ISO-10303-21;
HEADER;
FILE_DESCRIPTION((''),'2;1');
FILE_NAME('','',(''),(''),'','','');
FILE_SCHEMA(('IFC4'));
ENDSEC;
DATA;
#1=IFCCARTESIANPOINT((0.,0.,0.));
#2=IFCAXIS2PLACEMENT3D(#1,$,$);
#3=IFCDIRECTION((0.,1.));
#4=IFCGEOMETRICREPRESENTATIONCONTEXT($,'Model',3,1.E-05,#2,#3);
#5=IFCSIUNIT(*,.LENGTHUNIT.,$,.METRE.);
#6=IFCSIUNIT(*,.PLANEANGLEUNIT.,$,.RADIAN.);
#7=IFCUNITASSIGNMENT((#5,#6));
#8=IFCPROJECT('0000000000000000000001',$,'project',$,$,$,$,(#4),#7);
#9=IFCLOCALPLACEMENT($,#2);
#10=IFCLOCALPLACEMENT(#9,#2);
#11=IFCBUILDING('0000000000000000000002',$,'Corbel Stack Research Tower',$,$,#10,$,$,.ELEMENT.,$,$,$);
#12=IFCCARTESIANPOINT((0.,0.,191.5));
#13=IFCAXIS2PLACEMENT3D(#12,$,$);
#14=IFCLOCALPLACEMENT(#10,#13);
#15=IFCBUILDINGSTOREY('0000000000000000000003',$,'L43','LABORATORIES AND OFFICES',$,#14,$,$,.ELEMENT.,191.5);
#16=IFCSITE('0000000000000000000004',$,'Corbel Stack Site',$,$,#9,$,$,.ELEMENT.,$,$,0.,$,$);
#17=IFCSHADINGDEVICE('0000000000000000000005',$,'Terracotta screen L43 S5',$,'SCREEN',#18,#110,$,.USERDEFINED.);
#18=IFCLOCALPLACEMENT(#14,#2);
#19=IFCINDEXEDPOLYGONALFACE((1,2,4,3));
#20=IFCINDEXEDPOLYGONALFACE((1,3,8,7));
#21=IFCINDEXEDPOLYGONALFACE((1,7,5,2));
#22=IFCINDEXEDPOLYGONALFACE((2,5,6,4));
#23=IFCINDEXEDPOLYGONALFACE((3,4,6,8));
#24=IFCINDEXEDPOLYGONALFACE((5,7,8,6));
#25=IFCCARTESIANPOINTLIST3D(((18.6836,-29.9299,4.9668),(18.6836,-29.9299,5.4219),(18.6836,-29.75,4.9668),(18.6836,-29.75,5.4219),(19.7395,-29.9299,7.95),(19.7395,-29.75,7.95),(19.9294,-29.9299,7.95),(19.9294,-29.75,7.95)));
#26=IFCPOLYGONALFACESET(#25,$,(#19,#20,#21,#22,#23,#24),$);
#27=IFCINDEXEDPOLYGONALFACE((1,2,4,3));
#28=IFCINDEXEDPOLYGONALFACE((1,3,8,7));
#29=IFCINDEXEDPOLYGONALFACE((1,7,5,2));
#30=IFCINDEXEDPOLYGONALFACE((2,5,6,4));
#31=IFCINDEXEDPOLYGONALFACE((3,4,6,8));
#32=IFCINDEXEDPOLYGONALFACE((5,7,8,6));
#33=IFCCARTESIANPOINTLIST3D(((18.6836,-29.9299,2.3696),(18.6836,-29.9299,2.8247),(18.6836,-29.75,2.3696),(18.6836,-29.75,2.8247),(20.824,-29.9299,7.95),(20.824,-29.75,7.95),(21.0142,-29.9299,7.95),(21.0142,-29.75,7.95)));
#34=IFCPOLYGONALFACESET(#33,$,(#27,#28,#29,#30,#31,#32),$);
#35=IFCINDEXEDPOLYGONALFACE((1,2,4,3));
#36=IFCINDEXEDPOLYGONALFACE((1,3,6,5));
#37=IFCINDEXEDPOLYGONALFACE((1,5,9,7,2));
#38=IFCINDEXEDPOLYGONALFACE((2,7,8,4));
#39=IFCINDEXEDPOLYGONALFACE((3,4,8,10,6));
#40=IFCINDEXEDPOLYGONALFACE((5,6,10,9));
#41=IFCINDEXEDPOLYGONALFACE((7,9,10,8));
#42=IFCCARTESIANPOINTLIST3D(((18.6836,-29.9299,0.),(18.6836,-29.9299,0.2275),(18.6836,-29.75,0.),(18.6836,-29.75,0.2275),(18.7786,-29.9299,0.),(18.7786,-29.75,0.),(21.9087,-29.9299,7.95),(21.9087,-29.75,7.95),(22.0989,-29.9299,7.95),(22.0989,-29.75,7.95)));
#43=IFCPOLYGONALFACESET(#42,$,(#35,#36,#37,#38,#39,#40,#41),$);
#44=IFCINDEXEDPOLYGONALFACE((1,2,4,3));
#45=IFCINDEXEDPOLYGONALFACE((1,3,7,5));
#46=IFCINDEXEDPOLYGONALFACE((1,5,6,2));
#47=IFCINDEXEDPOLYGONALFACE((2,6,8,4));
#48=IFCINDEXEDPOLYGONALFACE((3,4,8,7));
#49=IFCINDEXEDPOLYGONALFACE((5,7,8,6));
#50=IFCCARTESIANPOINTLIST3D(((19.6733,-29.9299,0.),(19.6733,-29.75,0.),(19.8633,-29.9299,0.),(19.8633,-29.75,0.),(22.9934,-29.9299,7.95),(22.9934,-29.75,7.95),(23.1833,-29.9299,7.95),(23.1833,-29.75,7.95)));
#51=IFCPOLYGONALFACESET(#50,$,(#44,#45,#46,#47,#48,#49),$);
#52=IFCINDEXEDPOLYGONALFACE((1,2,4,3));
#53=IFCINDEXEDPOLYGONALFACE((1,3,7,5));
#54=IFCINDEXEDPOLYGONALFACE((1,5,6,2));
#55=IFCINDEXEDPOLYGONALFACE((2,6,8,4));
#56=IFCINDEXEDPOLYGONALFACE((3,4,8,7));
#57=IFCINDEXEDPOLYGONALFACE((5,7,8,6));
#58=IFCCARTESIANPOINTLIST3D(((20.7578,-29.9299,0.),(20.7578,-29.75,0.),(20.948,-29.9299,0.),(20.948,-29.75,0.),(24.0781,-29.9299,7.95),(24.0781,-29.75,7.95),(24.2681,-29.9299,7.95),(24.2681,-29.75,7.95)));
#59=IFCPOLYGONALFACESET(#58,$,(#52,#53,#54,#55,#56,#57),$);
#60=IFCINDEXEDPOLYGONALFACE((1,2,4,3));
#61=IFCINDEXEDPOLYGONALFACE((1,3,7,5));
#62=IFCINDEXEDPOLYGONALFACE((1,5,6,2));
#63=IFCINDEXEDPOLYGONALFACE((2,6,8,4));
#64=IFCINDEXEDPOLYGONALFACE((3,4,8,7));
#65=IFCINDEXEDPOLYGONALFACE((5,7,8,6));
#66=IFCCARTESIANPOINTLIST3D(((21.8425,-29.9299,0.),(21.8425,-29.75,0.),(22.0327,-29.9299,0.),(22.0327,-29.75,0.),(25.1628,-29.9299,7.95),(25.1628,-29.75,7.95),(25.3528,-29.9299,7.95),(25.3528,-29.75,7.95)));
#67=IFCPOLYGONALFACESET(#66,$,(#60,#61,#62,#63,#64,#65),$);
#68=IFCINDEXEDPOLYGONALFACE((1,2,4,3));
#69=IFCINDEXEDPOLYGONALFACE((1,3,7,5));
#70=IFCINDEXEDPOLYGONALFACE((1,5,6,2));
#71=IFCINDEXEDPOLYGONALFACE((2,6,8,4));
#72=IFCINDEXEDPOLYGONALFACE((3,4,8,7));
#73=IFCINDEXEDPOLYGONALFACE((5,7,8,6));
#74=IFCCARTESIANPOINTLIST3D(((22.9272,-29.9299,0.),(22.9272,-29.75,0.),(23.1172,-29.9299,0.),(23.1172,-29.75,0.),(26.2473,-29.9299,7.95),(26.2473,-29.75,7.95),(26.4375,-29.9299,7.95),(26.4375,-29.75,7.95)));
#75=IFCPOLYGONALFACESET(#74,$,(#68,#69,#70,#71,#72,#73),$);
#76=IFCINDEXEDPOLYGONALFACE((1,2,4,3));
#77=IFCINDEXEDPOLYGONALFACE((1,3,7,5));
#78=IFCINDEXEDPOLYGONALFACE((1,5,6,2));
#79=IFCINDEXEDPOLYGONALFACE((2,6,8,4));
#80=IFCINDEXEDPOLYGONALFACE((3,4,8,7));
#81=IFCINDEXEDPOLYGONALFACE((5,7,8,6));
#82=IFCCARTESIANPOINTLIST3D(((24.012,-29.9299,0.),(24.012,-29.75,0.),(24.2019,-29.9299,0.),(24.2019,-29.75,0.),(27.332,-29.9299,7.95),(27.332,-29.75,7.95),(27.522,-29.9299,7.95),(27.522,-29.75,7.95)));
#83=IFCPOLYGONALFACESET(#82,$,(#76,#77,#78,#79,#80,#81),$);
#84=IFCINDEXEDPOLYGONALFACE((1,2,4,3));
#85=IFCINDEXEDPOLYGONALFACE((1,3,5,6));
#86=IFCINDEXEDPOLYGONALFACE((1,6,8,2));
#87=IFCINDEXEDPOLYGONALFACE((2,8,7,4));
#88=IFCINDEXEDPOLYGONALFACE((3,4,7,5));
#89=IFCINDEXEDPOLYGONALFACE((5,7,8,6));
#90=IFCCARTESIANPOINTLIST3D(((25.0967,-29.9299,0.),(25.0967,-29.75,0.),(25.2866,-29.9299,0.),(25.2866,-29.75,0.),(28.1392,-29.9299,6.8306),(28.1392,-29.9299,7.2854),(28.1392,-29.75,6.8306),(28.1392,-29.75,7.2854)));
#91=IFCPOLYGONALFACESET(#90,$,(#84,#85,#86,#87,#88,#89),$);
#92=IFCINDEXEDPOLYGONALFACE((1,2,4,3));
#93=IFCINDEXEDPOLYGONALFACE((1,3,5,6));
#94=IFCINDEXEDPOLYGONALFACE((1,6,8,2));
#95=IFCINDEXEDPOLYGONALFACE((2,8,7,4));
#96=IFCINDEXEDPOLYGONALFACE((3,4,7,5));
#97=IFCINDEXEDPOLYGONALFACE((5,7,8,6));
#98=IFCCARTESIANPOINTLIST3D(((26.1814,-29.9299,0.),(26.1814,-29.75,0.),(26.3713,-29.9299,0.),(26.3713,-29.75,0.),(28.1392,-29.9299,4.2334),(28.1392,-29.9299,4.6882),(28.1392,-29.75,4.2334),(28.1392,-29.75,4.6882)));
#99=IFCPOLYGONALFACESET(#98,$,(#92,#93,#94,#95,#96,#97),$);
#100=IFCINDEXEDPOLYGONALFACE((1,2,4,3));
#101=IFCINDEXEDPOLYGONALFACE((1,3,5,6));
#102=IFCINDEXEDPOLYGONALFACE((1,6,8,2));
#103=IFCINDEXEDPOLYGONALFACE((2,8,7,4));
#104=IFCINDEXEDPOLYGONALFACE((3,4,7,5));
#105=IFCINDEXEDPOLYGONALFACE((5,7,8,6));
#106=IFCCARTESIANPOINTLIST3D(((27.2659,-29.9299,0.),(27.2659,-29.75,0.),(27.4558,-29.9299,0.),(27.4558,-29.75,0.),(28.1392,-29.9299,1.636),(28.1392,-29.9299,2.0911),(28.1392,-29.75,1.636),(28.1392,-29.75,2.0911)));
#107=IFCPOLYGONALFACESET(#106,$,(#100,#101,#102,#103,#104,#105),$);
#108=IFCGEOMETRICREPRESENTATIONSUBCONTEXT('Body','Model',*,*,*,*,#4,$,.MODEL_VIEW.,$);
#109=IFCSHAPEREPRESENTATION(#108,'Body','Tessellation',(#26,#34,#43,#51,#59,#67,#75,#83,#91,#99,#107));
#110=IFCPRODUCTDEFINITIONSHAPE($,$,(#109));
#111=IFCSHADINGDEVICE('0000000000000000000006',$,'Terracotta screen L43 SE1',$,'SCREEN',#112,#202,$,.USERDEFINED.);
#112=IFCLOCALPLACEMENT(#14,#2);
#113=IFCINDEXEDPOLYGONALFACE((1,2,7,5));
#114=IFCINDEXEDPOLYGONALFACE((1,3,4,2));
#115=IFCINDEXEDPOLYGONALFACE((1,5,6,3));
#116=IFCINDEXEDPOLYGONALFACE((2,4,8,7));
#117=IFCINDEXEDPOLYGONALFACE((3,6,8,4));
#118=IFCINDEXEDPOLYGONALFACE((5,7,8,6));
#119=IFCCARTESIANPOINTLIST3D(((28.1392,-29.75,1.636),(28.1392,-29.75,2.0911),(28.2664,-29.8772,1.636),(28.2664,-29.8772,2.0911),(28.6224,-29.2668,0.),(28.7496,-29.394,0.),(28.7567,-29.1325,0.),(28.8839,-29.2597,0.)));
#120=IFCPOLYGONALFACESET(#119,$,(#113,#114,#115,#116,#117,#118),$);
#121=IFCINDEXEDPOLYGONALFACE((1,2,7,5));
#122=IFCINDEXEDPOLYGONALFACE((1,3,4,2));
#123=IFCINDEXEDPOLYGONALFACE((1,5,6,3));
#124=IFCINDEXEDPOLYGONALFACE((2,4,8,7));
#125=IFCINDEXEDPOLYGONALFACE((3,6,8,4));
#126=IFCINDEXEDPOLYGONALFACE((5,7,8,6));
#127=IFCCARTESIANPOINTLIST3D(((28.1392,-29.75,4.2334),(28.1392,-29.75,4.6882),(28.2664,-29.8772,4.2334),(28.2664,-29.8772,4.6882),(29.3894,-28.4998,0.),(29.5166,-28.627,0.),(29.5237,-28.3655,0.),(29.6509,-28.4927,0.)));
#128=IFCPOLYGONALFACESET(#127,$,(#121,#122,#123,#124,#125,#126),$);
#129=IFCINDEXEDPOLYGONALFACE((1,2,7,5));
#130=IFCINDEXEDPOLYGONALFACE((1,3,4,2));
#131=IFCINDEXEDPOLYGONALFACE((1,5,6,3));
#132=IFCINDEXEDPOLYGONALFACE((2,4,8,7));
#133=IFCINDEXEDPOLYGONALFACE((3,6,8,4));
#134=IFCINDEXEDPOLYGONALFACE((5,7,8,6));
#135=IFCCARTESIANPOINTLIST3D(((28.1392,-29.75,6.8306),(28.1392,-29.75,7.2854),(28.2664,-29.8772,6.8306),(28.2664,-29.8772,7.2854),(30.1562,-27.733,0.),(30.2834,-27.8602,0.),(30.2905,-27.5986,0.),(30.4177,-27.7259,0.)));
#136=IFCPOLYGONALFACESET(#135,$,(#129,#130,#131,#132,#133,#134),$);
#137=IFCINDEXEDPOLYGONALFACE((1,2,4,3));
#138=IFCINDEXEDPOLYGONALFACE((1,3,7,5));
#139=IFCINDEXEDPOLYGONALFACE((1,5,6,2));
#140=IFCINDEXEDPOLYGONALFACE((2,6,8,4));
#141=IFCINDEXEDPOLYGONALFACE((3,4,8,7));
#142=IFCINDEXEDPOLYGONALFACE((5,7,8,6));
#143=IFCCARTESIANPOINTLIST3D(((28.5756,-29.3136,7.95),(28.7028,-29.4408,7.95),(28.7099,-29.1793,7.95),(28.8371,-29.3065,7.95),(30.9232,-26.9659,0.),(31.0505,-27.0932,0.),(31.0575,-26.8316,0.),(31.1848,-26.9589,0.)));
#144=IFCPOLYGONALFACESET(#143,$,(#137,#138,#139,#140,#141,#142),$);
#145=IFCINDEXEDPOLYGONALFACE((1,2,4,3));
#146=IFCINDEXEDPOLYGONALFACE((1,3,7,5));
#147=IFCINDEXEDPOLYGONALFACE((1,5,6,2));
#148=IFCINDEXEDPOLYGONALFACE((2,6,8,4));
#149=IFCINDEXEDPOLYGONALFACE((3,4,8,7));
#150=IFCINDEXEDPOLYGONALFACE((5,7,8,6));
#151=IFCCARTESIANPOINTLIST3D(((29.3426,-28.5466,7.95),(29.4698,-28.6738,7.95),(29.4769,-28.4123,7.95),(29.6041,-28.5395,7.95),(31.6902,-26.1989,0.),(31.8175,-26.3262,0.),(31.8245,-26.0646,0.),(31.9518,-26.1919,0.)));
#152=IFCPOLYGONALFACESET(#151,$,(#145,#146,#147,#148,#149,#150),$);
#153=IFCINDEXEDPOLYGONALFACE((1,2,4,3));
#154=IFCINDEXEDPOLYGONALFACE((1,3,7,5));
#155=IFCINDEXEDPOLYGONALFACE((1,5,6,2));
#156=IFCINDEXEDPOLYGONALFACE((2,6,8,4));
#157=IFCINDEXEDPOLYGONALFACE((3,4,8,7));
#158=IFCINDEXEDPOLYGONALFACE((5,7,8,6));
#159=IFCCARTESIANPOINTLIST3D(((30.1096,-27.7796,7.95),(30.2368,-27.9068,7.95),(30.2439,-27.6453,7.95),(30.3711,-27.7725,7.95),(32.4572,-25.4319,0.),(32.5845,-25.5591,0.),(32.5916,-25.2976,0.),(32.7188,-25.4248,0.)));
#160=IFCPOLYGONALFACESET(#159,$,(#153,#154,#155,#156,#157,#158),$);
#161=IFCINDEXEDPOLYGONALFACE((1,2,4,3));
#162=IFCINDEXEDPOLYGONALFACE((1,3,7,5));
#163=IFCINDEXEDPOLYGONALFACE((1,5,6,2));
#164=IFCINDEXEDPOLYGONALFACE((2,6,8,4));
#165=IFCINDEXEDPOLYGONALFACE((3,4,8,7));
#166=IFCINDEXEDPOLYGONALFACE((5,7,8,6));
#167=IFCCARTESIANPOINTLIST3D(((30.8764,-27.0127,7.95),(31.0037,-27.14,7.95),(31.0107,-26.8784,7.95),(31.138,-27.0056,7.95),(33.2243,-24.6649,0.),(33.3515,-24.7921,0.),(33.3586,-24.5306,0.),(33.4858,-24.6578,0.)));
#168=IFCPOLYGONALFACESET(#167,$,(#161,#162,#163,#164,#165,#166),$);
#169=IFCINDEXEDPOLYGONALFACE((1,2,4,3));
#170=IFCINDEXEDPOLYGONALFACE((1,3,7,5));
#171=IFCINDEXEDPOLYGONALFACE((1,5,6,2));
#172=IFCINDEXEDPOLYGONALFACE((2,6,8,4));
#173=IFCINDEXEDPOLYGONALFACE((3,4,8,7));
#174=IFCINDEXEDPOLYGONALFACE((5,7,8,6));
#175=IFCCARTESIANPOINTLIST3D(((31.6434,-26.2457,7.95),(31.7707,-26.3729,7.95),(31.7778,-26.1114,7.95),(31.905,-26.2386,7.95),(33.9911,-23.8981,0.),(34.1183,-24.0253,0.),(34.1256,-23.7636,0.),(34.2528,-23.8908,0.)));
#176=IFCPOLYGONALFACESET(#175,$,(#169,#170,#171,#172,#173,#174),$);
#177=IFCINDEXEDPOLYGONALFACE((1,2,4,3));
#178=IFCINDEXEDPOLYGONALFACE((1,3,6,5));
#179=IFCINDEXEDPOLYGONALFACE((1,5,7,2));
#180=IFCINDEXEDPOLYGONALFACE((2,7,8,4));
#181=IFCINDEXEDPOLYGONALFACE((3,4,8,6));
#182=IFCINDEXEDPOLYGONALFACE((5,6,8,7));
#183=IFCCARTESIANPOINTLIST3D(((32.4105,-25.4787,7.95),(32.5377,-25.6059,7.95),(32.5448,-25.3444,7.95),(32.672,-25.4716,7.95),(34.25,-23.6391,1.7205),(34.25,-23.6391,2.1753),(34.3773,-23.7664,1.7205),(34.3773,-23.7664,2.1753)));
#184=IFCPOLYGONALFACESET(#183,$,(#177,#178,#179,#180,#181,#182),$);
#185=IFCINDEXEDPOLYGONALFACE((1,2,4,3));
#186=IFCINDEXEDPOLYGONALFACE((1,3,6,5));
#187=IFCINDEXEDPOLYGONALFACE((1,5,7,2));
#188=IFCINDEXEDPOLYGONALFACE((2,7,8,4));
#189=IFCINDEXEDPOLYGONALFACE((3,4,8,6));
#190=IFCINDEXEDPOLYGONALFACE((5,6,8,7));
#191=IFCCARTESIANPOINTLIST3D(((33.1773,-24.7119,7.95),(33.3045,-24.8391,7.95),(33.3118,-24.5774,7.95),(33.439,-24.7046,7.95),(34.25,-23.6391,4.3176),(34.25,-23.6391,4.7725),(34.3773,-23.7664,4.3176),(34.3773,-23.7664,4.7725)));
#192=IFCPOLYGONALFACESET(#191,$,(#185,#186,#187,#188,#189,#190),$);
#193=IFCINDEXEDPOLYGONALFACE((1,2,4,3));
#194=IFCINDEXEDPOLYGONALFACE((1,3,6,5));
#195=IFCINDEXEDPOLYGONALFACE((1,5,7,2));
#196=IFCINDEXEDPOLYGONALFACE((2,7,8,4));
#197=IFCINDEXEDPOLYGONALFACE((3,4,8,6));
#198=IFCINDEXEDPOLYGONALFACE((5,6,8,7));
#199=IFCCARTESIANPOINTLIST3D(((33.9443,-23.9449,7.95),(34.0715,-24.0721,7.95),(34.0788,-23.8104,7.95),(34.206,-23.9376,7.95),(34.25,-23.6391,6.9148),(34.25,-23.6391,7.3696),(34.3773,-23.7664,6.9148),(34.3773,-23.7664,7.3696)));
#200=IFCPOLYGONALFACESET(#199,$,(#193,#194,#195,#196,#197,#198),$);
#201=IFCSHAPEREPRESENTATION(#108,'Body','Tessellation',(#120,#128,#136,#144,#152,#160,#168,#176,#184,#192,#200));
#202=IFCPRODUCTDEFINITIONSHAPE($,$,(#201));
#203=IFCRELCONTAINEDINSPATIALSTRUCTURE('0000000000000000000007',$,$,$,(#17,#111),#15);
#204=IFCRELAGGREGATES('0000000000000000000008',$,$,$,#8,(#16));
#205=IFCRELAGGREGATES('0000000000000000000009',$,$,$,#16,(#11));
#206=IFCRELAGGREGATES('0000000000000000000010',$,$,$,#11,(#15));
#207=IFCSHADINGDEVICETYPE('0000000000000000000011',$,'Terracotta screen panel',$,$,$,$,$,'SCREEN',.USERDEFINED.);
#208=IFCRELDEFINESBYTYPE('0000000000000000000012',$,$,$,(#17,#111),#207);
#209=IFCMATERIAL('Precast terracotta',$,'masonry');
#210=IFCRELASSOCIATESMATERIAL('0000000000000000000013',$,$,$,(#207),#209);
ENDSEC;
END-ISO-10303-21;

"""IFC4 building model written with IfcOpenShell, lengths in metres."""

from ifc_helpers import new_model, si_unit, direction, frame, origin, place, context, subcontext, project, spatial, polyline, outline, extrude, source, transform, mapped, material, type_object, element, save


model = new_model("IFC4")

# Units and contexts
model_context = context("Model", 3, precision=1e-05, world=origin(), true_north=direction((0.0, 1.0)))
body_context = subcontext(model_context, "Body", "Model", "MODEL_VIEW")
ifc_project = project(units=[si_unit("LENGTHUNIT", "METRE"), si_unit("PLANEANGLEUNIT", "RADIAN")], contexts=[model_context])

# Site, building, storey
site_placement = place(None, origin())
site = spatial("IfcSite", under=ifc_project, at=site_placement, Name="Corbel Stack Site", CompositionType="ELEMENT", RefElevation=0.0)
building_placement = place(site_placement, origin())
building = spatial("IfcBuilding", under=site, at=building_placement, Name="Corbel Stack Research Tower", CompositionType="ELEMENT")
storey_placement = place(building_placement, frame((0.0, 0.0, 191.5)))
storey = spatial("IfcBuildingStorey", under=building, at=storey_placement, Name="L43", Description="LABORATORIES AND OFFICES", CompositionType="ELEMENT", Elevation=191.5)

# Shading devices
ifc_material_1 = material(Name="Precast terracotta", Category="masonry")
shading_device_type = type_object("IfcShadingDeviceType", Name="Terracotta screen panel", ElementType="SCREEN", PredefinedType="USERDEFINED", material=ifc_material_1)
shared_shape_1 = source(origin(), body_context, "Body", "SweptSolid", [
    extrude(outline(polyline([(1.2458, 7.95), (1.0559, 7.95), (0.0, 5.4219), (0.0, 4.9668), (1.2458, 7.95)])), frame((0.0, 0.0, 0.0), z_axis=(0.0, -1.0, 0.0), x_axis=(1.0, 0.0, 0.0)), (0.0, 0.0, 1.0), 0.1799),
    extrude(outline(polyline([(2.3306, 7.95), (2.1404, 7.95), (0.0, 2.8247), (0.0, 2.3696), (2.3306, 7.95)])), frame((0.0, 0.0, 0.0), z_axis=(0.0, -1.0, 0.0), x_axis=(1.0, 0.0, 0.0)), (0.0, 0.0, 1.0), 0.1799),
    extrude(outline(polyline([(0.095, 0.0), (3.4153, 7.95), (3.2251, 7.95), (0.0, 0.2275), (0.0, 0.0), (0.095, 0.0)])), frame((0.0, 0.0, 0.0), z_axis=(0.0, -1.0, 0.0), x_axis=(1.0, 0.0, 0.0)), (0.0, 0.0, 1.0), 0.1799),
    extrude(outline(polyline([(1.1797, 0.0), (4.4998, 7.95), (4.3098, 7.95), (0.9897, 0.0), (1.1797, 0.0)])), frame((0.0, 0.0, 0.0), z_axis=(0.0, -1.0, 0.0), x_axis=(1.0, 0.0, 0.0)), (0.0, 0.0, 1.0), 0.1799),
    extrude(outline(polyline([(2.2644, 0.0), (5.5845, 7.95), (5.3945, 7.95), (2.0742, 0.0), (2.2644, 0.0)])), frame((0.0, 0.0, 0.0), z_axis=(0.0, -1.0, 0.0), x_axis=(1.0, 0.0, 0.0)), (0.0, 0.0, 1.0), 0.1799),
    extrude(outline(polyline([(3.3491, 0.0), (6.6692, 7.95), (6.4792, 7.95), (3.1589, 0.0), (3.3491, 0.0)])), frame((0.0, 0.0, 0.0), z_axis=(0.0, -1.0, 0.0), x_axis=(1.0, 0.0, 0.0)), (0.0, 0.0, 1.0), 0.1799),
    extrude(outline(polyline([(4.4336, 0.0), (7.7539, 7.95), (7.5637, 7.95), (4.2437, 0.0), (4.4336, 0.0)])), frame((0.0, 0.0, 0.0), z_axis=(0.0, -1.0, 0.0), x_axis=(1.0, 0.0, 0.0)), (0.0, 0.0, 1.0), 0.1799),
    extrude(outline(polyline([(5.5183, 0.0), (8.8384, 7.95), (8.6484, 7.95), (5.3284, 0.0), (5.5183, 0.0)])), frame((0.0, 0.0, 0.0), z_axis=(0.0, -1.0, 0.0), x_axis=(1.0, 0.0, 0.0)), (0.0, 0.0, 1.0), 0.1799),
    extrude(outline(polyline([(6.603, 0.0), (9.4556, 6.8306), (9.4556, 7.2854), (6.4131, 0.0), (6.603, 0.0)])), frame((0.0, 0.0, 0.0), z_axis=(0.0, -1.0, 0.0), x_axis=(1.0, 0.0, 0.0)), (0.0, 0.0, 1.0), 0.1799),
    extrude(outline(polyline([(7.6877, 0.0), (9.4556, 4.2334), (9.4556, 4.6882), (7.4978, 0.0), (7.6877, 0.0)])), frame((0.0, 0.0, 0.0), z_axis=(0.0, -1.0, 0.0), x_axis=(1.0, 0.0, 0.0)), (0.0, 0.0, 1.0), 0.1799),
    extrude(outline(polyline([(8.7722, 0.0), (9.4556, 1.636), (9.4556, 2.0911), (8.5823, 0.0), (8.7722, 0.0)])), frame((0.0, 0.0, 0.0), z_axis=(0.0, -1.0, 0.0), x_axis=(1.0, 0.0, 0.0)), (0.0, 0.0, 1.0), 0.1799),
])
shading_device_1_placement = place(storey_placement, frame((18.6836, -29.75, 0.0), z_axis=(0.0, 0.0, 1.0), x_axis=(1.0, 0.0, 0.0)))
element("IfcShadingDevice", 1, at=shading_device_1_placement, inside=storey, type_object=shading_device_type, Name="Terracotta screen L43 S5", ObjectType="SCREEN", PredefinedType="USERDEFINED", context=body_context, shape_type="MappedRepresentation", body=[
    mapped(shared_shape_1, transform((0.0, 0.0, 0.0))),
])
shared_shape_2 = source(origin(), body_context, "Body", "SweptSolid", [
    extrude(outline(polyline([(0.8733, 0.0), (0.0, 2.0911), (0.0, 1.636), (0.6833, 0.0), (0.8733, 0.0)])), frame((0.0, 0.0, 0.0), z_axis=(0.0, -1.0, 0.0), x_axis=(1.0, 0.0, 0.0)), (0.0, 0.0, 1.0), 0.1799),
    extrude(outline(polyline([(1.958, 0.0), (0.0, 4.6882), (0.0, 4.2334), (1.7681, 0.0), (1.958, 0.0)])), frame((0.0, 0.0, 0.0), z_axis=(0.0, -1.0, 0.0), x_axis=(1.0, 0.0, 0.0)), (0.0, 0.0, 1.0), 0.1799),
    extrude(outline(polyline([(3.0425, 0.0), (0.0, 7.2854), (0.0, 6.8306), (2.8525, 0.0), (3.0425, 0.0)])), frame((0.0, 0.0, 0.0), z_axis=(0.0, -1.0, 0.0), x_axis=(1.0, 0.0, 0.0)), (0.0, 0.0, 1.0), 0.1799),
    extrude(outline(polyline([(4.1272, 0.0), (0.8071, 7.95), (0.6172, 7.95), (3.9373, 0.0), (4.1272, 0.0)])), frame((0.0, 0.0, 0.0), z_axis=(0.0, -1.0, 0.0), x_axis=(1.0, 0.0, 0.0)), (0.0, 0.0, 1.0), 0.1799),
    extrude(outline(polyline([(5.2119, 0.0), (1.8918, 7.95), (1.7019, 7.95), (5.022, 0.0), (5.2119, 0.0)])), frame((0.0, 0.0, 0.0), z_axis=(0.0, -1.0, 0.0), x_axis=(1.0, 0.0, 0.0)), (0.0, 0.0, 1.0), 0.1799),
    extrude(outline(polyline([(6.2966, 0.0), (2.9766, 7.95), (2.7866, 7.95), (6.1067, 0.0), (6.2966, 0.0)])), frame((0.0, 0.0, 0.0), z_axis=(0.0, -1.0, 0.0), x_axis=(1.0, 0.0, 0.0)), (0.0, 0.0, 1.0), 0.1799),
    extrude(outline(polyline([(7.3813, 0.0), (4.061, 7.95), (3.8711, 7.95), (7.1914, 0.0), (7.3813, 0.0)])), frame((0.0, 0.0, 0.0), z_axis=(0.0, -1.0, 0.0), x_axis=(1.0, 0.0, 0.0)), (0.0, 0.0, 1.0), 0.1799),
    extrude(outline(polyline([(8.4661, 0.0), (5.1458, 7.95), (4.9558, 7.95), (8.2759, 0.0), (8.4661, 0.0)])), frame((0.0, 0.0, 0.0), z_axis=(0.0, -1.0, 0.0), x_axis=(1.0, 0.0, 0.0)), (0.0, 0.0, 1.0), 0.1799),
    extrude(outline(polyline([(6.2305, 7.95), (6.0405, 7.95), (8.6421, 1.7205), (8.6421, 2.1753), (6.2305, 7.95)])), frame((0.0, 0.0, 0.0), z_axis=(0.0, -1.0, 0.0), x_axis=(1.0, 0.0, 0.0)), (0.0, 0.0, 1.0), 0.1799),
    extrude(outline(polyline([(7.3152, 7.95), (7.125, 7.95), (8.6421, 4.3176), (8.6421, 4.7725), (7.3152, 7.95)])), frame((0.0, 0.0, 0.0), z_axis=(0.0, -1.0, 0.0), x_axis=(1.0, 0.0, 0.0)), (0.0, 0.0, 1.0), 0.1799),
    extrude(outline(polyline([(8.3999, 7.95), (8.2097, 7.95), (8.6421, 6.9148), (8.6421, 7.3696), (8.3999, 7.95)])), frame((0.0, 0.0, 0.0), z_axis=(0.0, -1.0, 0.0), x_axis=(1.0, 0.0, 0.0)), (0.0, 0.0, 1.0), 0.1799),
])
shading_device_2_placement = place(storey_placement, frame((28.1392, -29.75, 0.0), z_axis=(0.0, 0.0, 1.0), x_axis=(0.707107, 0.707107, 0.0)))
element("IfcShadingDevice", 2, at=shading_device_2_placement, inside=storey, type_object=shading_device_type, Name="Terracotta screen L43 SE1", ObjectType="SCREEN", PredefinedType="USERDEFINED", context=body_context, shape_type="MappedRepresentation", body=[
    mapped(shared_shape_2, transform((0.0, 0.0, 0.0))),
])

save(model, "model.ifc")
